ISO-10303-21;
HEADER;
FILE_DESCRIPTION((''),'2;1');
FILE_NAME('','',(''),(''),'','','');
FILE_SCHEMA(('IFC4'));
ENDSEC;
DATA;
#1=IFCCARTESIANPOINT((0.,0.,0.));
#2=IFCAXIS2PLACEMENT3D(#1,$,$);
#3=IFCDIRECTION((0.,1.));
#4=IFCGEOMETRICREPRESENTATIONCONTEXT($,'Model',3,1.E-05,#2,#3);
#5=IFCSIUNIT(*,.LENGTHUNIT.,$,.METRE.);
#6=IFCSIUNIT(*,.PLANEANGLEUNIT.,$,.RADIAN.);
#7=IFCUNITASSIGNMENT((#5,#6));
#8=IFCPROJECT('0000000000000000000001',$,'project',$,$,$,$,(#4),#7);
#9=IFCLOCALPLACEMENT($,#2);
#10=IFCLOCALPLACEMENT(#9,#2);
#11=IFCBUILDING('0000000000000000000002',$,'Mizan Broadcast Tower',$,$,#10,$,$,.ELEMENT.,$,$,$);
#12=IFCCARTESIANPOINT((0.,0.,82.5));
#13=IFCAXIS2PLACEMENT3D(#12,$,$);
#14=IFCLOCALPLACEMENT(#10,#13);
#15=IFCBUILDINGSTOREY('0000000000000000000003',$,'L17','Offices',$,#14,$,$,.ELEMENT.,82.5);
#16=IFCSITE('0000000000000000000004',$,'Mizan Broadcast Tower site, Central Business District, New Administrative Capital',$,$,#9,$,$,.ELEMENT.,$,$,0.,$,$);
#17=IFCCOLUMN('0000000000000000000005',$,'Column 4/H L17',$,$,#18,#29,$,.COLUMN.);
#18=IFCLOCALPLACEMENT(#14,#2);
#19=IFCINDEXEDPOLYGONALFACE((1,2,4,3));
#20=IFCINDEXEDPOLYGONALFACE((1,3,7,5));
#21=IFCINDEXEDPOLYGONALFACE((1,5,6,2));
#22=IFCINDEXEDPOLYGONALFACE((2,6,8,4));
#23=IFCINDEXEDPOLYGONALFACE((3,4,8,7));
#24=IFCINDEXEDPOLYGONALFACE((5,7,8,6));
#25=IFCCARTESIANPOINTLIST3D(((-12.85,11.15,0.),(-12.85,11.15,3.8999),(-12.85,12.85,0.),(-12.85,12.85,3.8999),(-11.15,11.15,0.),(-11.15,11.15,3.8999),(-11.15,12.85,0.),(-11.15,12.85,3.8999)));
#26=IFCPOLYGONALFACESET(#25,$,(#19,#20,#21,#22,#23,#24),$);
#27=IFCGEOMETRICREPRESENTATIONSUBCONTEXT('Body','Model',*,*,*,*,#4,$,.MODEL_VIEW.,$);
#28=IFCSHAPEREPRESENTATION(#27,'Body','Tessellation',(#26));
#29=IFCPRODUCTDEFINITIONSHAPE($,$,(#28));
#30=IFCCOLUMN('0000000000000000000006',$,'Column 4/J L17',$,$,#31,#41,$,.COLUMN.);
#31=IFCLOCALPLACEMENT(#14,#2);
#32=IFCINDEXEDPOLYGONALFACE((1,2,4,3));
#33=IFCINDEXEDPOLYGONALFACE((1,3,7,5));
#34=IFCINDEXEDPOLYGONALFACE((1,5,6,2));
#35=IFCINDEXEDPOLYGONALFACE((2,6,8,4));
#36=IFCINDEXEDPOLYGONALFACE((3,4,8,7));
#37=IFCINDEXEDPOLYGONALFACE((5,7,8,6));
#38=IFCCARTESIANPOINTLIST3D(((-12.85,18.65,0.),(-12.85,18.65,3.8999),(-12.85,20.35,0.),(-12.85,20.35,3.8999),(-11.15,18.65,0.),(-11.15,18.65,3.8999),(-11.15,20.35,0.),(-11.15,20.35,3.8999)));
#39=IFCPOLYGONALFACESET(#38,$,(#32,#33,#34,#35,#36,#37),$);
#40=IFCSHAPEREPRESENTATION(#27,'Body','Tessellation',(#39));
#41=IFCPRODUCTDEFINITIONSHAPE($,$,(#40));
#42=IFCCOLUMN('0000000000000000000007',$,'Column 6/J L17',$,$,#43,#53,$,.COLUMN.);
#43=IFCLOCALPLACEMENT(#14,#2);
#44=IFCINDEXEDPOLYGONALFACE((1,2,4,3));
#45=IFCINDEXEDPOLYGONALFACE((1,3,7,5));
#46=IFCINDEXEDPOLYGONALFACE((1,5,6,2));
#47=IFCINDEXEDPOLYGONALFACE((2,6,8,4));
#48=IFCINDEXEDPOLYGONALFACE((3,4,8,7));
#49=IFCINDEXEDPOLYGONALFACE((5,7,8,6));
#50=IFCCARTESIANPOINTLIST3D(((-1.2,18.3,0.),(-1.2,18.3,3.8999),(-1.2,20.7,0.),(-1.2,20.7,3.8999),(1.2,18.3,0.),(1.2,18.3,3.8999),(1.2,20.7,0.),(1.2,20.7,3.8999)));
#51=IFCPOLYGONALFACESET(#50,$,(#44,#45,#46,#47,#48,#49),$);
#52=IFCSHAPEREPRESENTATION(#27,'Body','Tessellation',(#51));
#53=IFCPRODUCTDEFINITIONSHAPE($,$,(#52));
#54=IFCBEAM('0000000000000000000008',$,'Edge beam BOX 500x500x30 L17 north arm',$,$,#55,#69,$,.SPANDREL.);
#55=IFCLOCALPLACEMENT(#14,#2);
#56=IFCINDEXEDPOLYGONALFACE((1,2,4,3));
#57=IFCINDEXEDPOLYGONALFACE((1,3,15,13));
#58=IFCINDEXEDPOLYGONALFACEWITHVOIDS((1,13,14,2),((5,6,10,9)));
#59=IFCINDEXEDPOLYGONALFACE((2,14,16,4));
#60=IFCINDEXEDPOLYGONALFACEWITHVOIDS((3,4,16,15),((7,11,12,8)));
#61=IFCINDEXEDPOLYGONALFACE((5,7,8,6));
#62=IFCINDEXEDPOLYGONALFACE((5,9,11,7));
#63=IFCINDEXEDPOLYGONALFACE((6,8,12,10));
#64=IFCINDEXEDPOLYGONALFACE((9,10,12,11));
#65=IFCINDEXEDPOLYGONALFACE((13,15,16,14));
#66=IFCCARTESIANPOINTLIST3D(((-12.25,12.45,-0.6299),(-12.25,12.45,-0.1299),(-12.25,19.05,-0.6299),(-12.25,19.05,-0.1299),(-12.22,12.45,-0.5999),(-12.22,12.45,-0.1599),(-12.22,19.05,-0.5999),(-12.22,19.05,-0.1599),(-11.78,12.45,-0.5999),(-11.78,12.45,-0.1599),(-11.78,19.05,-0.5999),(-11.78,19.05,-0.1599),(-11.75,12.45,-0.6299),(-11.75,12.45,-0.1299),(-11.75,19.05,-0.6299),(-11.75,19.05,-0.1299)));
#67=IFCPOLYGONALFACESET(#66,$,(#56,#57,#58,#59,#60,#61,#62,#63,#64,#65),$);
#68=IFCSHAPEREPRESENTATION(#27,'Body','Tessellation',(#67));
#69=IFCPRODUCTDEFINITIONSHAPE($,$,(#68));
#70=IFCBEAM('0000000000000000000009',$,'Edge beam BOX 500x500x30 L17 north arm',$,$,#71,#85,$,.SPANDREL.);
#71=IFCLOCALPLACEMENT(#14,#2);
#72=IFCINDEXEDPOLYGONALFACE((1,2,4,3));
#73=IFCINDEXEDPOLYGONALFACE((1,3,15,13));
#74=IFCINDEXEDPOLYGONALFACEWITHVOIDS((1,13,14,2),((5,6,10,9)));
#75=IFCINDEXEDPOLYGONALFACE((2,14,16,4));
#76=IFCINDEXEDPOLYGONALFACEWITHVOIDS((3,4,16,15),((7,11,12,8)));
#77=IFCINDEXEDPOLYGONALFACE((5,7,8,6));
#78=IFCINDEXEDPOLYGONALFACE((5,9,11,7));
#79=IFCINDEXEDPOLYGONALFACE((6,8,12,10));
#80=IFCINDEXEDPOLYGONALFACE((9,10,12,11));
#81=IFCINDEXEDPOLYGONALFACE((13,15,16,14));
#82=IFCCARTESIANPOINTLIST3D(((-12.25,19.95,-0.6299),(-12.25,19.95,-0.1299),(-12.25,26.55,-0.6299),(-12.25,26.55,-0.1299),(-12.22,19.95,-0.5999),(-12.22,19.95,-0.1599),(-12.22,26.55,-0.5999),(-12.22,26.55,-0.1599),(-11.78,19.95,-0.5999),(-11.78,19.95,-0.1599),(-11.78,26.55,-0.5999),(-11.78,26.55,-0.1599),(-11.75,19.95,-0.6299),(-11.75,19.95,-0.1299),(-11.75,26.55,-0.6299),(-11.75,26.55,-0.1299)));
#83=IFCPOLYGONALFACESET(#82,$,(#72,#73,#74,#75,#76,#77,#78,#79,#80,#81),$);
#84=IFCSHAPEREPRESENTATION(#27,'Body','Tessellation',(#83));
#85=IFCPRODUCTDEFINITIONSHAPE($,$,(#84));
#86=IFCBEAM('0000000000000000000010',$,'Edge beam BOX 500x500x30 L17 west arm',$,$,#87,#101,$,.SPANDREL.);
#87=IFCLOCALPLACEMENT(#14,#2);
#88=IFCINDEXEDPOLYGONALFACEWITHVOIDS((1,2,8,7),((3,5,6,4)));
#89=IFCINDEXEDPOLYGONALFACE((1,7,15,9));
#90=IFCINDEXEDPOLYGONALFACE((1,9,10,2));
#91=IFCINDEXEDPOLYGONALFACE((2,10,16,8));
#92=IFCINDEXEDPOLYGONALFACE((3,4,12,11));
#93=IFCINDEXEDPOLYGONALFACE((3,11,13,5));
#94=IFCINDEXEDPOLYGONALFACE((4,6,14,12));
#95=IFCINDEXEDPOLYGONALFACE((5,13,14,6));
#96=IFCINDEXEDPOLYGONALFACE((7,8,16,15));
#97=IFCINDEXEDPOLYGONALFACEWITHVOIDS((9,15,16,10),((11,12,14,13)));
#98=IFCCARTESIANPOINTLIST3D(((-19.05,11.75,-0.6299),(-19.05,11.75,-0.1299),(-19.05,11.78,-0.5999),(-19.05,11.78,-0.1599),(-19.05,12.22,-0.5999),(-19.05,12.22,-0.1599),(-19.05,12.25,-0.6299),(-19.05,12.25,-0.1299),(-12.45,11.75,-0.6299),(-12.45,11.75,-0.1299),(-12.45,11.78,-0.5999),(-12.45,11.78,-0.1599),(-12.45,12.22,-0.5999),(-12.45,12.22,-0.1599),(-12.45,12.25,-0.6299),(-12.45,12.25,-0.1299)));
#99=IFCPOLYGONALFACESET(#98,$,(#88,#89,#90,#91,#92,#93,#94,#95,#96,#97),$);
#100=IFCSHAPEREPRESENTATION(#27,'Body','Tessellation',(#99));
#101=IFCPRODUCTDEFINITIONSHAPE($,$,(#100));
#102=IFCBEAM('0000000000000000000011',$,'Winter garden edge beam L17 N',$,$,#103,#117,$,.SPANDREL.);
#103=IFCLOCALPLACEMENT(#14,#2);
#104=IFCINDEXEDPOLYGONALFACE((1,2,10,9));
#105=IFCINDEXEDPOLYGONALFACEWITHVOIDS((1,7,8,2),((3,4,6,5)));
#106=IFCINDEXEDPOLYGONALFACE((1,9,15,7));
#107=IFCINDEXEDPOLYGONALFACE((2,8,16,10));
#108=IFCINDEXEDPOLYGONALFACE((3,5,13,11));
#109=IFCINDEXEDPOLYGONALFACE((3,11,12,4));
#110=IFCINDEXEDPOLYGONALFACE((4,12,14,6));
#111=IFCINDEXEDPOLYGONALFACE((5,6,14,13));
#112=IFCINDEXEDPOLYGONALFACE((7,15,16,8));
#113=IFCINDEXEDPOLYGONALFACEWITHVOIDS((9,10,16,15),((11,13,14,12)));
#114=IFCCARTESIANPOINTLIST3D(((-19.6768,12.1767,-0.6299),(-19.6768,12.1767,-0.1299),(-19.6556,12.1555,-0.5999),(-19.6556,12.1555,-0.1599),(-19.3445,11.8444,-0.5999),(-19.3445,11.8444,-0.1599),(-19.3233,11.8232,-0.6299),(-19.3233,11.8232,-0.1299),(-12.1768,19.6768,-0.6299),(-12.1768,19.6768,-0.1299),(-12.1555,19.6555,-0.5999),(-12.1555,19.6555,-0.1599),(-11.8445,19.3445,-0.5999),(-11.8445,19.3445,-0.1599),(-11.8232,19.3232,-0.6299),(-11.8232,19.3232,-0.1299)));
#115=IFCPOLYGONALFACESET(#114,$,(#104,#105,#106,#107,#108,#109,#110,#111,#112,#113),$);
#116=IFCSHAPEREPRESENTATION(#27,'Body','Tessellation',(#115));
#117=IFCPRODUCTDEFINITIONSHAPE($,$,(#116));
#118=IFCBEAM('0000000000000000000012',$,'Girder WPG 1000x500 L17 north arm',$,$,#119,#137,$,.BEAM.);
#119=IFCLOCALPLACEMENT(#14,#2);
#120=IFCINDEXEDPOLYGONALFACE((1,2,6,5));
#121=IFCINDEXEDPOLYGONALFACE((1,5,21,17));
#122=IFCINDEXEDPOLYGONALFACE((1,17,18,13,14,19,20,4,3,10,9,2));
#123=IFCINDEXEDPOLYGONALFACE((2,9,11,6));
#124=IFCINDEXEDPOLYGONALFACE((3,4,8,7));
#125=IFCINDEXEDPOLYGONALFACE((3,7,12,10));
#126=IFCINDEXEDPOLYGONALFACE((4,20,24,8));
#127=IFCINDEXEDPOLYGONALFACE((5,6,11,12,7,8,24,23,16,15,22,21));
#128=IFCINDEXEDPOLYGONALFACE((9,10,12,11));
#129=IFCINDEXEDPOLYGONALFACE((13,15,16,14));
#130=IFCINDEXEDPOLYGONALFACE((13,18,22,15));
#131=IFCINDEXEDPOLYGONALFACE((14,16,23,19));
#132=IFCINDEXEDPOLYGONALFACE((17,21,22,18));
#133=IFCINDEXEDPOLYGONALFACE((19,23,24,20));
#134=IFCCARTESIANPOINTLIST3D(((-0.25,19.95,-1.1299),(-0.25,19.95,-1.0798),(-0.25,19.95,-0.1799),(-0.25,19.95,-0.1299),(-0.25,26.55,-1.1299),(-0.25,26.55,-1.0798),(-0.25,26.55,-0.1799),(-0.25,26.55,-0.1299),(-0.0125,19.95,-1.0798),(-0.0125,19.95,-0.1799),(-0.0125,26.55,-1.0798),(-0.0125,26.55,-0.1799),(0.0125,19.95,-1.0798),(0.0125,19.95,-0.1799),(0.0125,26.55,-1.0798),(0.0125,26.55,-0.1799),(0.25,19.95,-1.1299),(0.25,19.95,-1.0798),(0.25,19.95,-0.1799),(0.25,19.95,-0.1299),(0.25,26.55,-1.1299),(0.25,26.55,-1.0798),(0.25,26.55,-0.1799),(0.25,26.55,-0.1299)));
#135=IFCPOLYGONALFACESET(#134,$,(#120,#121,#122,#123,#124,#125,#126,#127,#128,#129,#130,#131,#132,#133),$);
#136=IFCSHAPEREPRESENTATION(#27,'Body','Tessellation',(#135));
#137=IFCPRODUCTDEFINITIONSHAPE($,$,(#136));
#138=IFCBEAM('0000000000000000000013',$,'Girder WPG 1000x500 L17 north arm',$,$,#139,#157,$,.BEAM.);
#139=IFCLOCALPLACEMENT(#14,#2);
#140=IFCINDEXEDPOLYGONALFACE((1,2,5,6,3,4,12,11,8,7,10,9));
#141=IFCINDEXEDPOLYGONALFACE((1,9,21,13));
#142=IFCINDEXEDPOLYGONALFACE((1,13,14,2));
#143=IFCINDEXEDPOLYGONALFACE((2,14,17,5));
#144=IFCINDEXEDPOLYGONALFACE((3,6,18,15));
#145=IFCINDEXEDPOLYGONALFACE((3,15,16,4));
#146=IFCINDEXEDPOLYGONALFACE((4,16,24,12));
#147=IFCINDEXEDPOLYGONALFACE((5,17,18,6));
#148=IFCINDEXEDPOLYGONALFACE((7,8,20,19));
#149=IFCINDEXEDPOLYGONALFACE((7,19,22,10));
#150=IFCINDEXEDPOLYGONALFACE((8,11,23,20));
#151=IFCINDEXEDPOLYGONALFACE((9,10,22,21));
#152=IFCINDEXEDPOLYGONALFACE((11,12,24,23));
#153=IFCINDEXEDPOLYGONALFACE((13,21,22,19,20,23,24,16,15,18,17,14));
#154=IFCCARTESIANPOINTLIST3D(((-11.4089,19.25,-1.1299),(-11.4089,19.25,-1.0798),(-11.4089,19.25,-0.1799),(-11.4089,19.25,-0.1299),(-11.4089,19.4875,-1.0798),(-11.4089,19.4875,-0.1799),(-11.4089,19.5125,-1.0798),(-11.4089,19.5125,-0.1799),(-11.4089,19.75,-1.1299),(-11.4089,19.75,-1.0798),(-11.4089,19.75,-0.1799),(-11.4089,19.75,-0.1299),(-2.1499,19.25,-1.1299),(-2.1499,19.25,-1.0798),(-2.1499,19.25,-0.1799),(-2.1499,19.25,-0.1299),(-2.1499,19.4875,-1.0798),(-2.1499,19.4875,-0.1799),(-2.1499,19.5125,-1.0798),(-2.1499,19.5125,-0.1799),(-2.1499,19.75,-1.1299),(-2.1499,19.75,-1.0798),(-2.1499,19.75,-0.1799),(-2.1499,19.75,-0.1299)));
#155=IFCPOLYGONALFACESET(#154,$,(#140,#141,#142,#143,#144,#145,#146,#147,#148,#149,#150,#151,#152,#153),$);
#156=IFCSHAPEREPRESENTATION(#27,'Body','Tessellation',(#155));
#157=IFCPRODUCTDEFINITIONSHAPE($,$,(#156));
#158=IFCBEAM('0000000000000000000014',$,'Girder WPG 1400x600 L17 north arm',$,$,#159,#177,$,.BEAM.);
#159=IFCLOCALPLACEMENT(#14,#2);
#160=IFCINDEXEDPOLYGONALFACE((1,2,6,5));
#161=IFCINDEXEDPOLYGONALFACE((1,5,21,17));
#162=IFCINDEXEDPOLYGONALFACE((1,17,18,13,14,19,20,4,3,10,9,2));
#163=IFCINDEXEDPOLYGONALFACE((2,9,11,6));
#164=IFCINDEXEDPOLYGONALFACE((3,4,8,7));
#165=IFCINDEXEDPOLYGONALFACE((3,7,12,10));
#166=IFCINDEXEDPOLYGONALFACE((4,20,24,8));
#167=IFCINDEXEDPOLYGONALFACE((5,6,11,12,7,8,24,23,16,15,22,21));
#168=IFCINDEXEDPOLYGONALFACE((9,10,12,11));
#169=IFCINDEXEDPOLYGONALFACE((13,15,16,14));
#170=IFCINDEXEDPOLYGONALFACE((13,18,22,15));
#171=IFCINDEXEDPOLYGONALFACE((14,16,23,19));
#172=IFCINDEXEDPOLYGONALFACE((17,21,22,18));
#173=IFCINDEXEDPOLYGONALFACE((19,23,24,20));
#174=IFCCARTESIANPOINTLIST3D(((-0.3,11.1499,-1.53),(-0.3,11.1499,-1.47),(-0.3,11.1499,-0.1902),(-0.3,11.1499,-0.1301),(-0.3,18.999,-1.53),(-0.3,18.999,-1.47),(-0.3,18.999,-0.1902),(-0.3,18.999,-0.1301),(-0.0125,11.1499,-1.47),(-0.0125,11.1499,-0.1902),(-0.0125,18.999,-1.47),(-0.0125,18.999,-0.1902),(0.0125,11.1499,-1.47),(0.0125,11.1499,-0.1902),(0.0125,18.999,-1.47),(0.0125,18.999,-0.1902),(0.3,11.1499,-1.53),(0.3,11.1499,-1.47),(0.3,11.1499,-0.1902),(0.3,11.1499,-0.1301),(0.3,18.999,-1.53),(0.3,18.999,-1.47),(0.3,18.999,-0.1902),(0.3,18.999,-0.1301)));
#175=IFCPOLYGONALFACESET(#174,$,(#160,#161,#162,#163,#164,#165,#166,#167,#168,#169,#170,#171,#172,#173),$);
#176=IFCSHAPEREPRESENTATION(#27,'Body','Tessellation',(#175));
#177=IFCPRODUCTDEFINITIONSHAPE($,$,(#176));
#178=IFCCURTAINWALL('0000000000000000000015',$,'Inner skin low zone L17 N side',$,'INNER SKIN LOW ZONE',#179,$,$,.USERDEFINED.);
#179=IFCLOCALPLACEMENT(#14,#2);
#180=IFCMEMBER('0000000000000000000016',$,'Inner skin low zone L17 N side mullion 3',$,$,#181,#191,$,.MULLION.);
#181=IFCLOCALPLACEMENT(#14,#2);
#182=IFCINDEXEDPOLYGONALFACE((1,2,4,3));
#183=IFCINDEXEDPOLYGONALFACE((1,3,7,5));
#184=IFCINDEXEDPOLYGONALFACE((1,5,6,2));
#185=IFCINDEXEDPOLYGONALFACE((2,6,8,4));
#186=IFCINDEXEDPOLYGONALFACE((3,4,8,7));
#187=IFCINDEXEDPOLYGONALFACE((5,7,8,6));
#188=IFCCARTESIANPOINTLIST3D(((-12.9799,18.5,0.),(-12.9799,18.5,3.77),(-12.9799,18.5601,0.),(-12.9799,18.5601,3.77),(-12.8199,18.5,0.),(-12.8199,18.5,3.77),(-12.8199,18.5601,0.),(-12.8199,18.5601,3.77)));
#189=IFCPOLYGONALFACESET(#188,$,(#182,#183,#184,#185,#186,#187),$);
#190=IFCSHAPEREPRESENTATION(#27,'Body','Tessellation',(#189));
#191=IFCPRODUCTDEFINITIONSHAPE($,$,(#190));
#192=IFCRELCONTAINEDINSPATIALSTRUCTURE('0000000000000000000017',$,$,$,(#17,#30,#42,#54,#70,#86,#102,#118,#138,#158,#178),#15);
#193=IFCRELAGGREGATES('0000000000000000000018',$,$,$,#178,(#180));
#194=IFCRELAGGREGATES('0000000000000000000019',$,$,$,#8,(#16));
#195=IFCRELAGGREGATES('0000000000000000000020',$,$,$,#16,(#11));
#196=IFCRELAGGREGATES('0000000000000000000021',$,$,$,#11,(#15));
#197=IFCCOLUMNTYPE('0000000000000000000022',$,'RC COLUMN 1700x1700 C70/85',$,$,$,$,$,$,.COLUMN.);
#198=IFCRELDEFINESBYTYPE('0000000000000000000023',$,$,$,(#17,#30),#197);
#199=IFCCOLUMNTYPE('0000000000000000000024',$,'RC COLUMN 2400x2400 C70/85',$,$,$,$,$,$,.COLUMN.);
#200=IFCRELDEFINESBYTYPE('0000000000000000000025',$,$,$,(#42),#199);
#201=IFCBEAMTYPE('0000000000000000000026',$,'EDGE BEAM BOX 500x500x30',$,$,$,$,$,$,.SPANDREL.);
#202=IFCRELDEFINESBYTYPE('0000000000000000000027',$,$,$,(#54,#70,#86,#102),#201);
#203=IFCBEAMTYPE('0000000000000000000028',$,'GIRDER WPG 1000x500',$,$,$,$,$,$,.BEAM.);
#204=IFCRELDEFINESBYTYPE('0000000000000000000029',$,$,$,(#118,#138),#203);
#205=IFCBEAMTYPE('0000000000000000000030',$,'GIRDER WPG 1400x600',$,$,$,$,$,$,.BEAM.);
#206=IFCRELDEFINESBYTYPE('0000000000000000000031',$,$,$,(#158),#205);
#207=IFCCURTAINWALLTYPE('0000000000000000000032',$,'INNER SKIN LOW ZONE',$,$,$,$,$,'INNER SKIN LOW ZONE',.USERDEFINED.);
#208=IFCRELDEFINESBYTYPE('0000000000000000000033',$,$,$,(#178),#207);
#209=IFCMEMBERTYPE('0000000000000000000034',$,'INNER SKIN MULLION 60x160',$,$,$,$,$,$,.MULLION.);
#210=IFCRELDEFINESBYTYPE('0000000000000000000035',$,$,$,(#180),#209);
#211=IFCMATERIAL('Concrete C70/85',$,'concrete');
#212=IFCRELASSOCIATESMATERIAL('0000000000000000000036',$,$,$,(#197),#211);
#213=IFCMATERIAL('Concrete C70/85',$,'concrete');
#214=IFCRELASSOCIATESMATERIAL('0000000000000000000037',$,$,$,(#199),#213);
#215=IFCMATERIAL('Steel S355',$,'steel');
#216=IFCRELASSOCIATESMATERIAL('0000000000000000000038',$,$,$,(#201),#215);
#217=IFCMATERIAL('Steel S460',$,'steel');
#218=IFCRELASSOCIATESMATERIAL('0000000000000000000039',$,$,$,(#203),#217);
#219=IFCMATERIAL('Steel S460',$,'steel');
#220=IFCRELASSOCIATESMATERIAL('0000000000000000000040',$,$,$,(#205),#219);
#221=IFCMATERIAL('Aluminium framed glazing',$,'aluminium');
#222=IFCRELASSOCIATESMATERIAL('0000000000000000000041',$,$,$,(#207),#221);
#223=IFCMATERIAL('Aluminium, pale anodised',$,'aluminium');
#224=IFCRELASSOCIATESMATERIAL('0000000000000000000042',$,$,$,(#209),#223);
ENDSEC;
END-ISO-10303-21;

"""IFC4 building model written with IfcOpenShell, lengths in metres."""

from ifc_helpers import new_model, si_unit, direction, frame, origin, origin_2d, place, context, subcontext, project, spatial, rectangle, hollow_rectangle, i_section, extrude, material, material_profile, profile_set, type_object, element, aggregate, save


model = new_model("IFC4")

# Units and contexts
model_context = context("Model", 3, precision=1e-05, world=origin(), true_north=direction((0.0, 1.0)))
body_context = subcontext(model_context, "Body", "Model", "MODEL_VIEW")
ifc_project = project(units=[si_unit("LENGTHUNIT", "METRE"), si_unit("PLANEANGLEUNIT", "RADIAN")], contexts=[model_context])

# Site, building, storey
site_placement = place(None, origin())
site = spatial("IfcSite", under=ifc_project, at=site_placement, Name="Mizan Broadcast Tower site, Central Business District, New Administrative Capital", CompositionType="ELEMENT", RefElevation=0.0)
building_placement = place(site_placement, origin())
building = spatial("IfcBuilding", under=site, at=building_placement, Name="Mizan Broadcast Tower", CompositionType="ELEMENT")
storey_placement = place(building_placement, frame((0.0, 0.0, 82.5)))
storey = spatial("IfcBuildingStorey", under=building, at=storey_placement, Name="L17", Description="Offices", CompositionType="ELEMENT", Elevation=82.5)

# Columns
ifc_material_1 = material(Name="Concrete C70/85", Category="concrete")
ifc_material_profile_1 = material_profile(ifc_material_1, rectangle(XDim=1.7, YDim=1.7, at=origin_2d()), Name="RC 1700x1700")
ifc_profile_set_1 = profile_set([ifc_material_profile_1], Name="Concrete C70/85")
column_type_1 = type_object("IfcColumnType", Name="RC COLUMN 1700x1700 C70/85", PredefinedType="COLUMN", material=ifc_profile_set_1)
for number, where, z_axis, x_axis, name in (
    (1, (-12.0, 12.0, 0.0), (0.0, 0.0, 1.0), (1.0, 0.0, 0.0), "Column 4/H L17"),
    (2, (-12.0, 19.5, 0.0), (0.0, 0.0, 1.0), (1.0, 0.0, 0.0), "Column 4/J L17"),
):
    element("IfcColumn", number, at=place(storey_placement, frame(where, z_axis=z_axis, x_axis=x_axis)), inside=storey, type_object=column_type_1, Name=name, PredefinedType="COLUMN", context=body_context, shape_type="SweptSolid", body=[
        extrude(rectangle(XDim=1.7, YDim=1.7, at=origin_2d()), origin(), (0.0, 0.0, 1.0), 3.8999),
    ])
ifc_material_2 = material(Name="Concrete C70/85", Category="concrete")
ifc_material_profile_2 = material_profile(ifc_material_2, rectangle(XDim=2.3999, YDim=2.3999, at=origin_2d()), Name="RC 2400x2400")
ifc_profile_set_2 = profile_set([ifc_material_profile_2], Name="Concrete C70/85")
column_type_2 = type_object("IfcColumnType", Name="RC COLUMN 2400x2400 C70/85", PredefinedType="COLUMN", material=ifc_profile_set_2)
column_placement = place(storey_placement, frame((0.0, 19.5, 0.0), z_axis=(0.0, 0.0, 1.0), x_axis=(1.0, 0.0, 0.0)))
element("IfcColumn", 3, at=column_placement, inside=storey, type_object=column_type_2, Name="Column 6/J L17", PredefinedType="COLUMN", context=body_context, shape_type="SweptSolid", body=[
    extrude(rectangle(XDim=2.3999, YDim=2.3999, at=origin_2d()), origin(), (0.0, 0.0, 1.0), 3.8999),
])

# Beams
ifc_material_3 = material(Name="Steel S355", Category="steel")
ifc_material_profile_3 = material_profile(ifc_material_3, hollow_rectangle(XDim=0.5, YDim=0.5, WallThickness=0.03, at=origin_2d()), Name="BOX 500x500x30")
ifc_profile_set_3 = profile_set([ifc_material_profile_3], Name="Steel S355")
beam_type_1 = type_object("IfcBeamType", Name="EDGE BEAM BOX 500x500x30", PredefinedType="SPANDREL", material=ifc_profile_set_3)
for number, where, z_axis, x_axis, name in (
    (4, (-12.0, 12.45, -0.3799), (0.0, 1.0, 0.0), (-1.0, 0.0, 0.0), "Edge beam BOX 500x500x30 L17 north arm"),
    (5, (-12.0, 19.95, -0.3799), (0.0, 1.0, 0.0), (-1.0, 0.0, 0.0), "Edge beam BOX 500x500x30 L17 north arm"),
    (6, (-12.45, 12.0, -0.3799), (-1.0, 0.0, 0.0), (0.0, -1.0, 0.0), "Edge beam BOX 500x500x30 L17 west arm"),
):
    element("IfcBeam", number, at=place(storey_placement, frame(where, z_axis=z_axis, x_axis=x_axis)), inside=storey, type_object=beam_type_1, Name=name, PredefinedType="SPANDREL", context=body_context, shape_type="SweptSolid", body=[
        extrude(hollow_rectangle(XDim=0.5, YDim=0.5, WallThickness=0.03, at=origin_2d()), origin(), (0.0, 0.0, 1.0), 6.6001),
    ])
beam_1_placement = place(storey_placement, frame((-12.0, 19.5, -0.3799), z_axis=(-0.707107, -0.707107, 0.0), x_axis=(0.707107, -0.707107, 0.0)))
element("IfcBeam", 7, at=beam_1_placement, inside=storey, type_object=beam_type_1, Name="Winter garden edge beam L17 N", PredefinedType="SPANDREL", context=body_context, shape_type="SweptSolid", body=[
    extrude(hollow_rectangle(XDim=0.5, YDim=0.5, WallThickness=0.03, at=origin_2d()), origin(), (0.0, 0.0, 1.0), 10.6067),
])
ifc_material_4 = material(Name="Steel S460", Category="steel")
ifc_material_profile_4 = material_profile(ifc_material_4, i_section(OverallWidth=0.5, OverallDepth=1.0, WebThickness=0.0249, FlangeThickness=0.05, at=origin_2d()), Name="WPG 1000x500")
ifc_profile_set_4 = profile_set([ifc_material_profile_4], Name="Steel S460")
beam_type_2 = type_object("IfcBeamType", Name="GIRDER WPG 1000x500", PredefinedType="BEAM", material=ifc_profile_set_4)
beam_2_placement = place(storey_placement, frame((0.0, 19.95, -0.6299), z_axis=(0.0, 1.0, 0.0), x_axis=(-1.0, 0.0, 0.0)))
element("IfcBeam", 8, at=beam_2_placement, inside=storey, type_object=beam_type_2, Name="Girder WPG 1000x500 L17 north arm", PredefinedType="BEAM", context=body_context, shape_type="SweptSolid", body=[
    extrude(i_section(OverallWidth=0.5, OverallDepth=1.0, WebThickness=0.0249, FlangeThickness=0.05, at=origin_2d()), origin(), (0.0, 0.0, 1.0), 6.6001),
])
beam_3_placement = place(storey_placement, frame((-11.4089, 19.5, -0.6299), z_axis=(1.0, 0.0, 0.0), x_axis=(0.0, 1.0, 0.0)))
element("IfcBeam", 9, at=beam_3_placement, inside=storey, type_object=beam_type_2, Name="Girder WPG 1000x500 L17 north arm", PredefinedType="BEAM", context=body_context, shape_type="SweptSolid", body=[
    extrude(i_section(OverallWidth=0.5, OverallDepth=1.0, WebThickness=0.0249, FlangeThickness=0.05, at=origin_2d()), origin(), (0.0, 0.0, 1.0), 9.259),
])
ifc_material_5 = material(Name="Steel S460", Category="steel")
ifc_material_profile_5 = material_profile(ifc_material_5, i_section(OverallWidth=0.6001, OverallDepth=1.3999, WebThickness=0.0249, FlangeThickness=0.0601, at=origin_2d()), Name="WPG 1400x600")
ifc_profile_set_5 = profile_set([ifc_material_profile_5], Name="Steel S460")
beam_type_3 = type_object("IfcBeamType", Name="GIRDER WPG 1400x600", PredefinedType="BEAM", material=ifc_profile_set_5)
beam_4_placement = place(storey_placement, frame((0.0, 11.1499, -0.8301), z_axis=(0.0, 1.0, 0.0), x_axis=(-1.0, 0.0, 0.0)))
element("IfcBeam", 10, at=beam_4_placement, inside=storey, type_object=beam_type_3, Name="Girder WPG 1400x600 L17 north arm", PredefinedType="BEAM", context=body_context, shape_type="SweptSolid", body=[
    extrude(i_section(OverallWidth=0.6001, OverallDepth=1.3999, WebThickness=0.0249, FlangeThickness=0.0601, at=origin_2d()), origin(), (0.0, 0.0, 1.0), 7.8491),
])

# Curtain wall, member
ifc_material_6 = material(Name="Aluminium framed glazing", Category="aluminium")
curtain_wall_type = type_object("IfcCurtainWallType", Name="INNER SKIN LOW ZONE", ElementType="INNER SKIN LOW ZONE", PredefinedType="USERDEFINED", material=ifc_material_6)
curtain_wall_placement = place(storey_placement, origin())
curtain_wall = element("IfcCurtainWall", 11, at=curtain_wall_placement, inside=storey, type_object=curtain_wall_type, Name="Inner skin low zone L17 N side", ObjectType="INNER SKIN LOW ZONE", PredefinedType="USERDEFINED")
ifc_material_7 = material(Name="Aluminium, pale anodised", Category="aluminium")
ifc_material_profile_6 = material_profile(ifc_material_7, rectangle(XDim=0.1599, YDim=0.0601, at=origin_2d()), Name="MULLION 160x60")
ifc_profile_set_6 = profile_set([ifc_material_profile_6], Name="Aluminium, pale anodised")
member_type = type_object("IfcMemberType", Name="INNER SKIN MULLION 60x160", PredefinedType="MULLION", material=ifc_profile_set_6)
member_placement = place(storey_placement, frame((-12.8999, 18.53, 0.0), z_axis=(0.0, 0.0, 1.0), x_axis=(1.0, 0.0, 0.0)))
member = element("IfcMember", 12, at=member_placement, type_object=member_type, Name="Inner skin low zone L17 N side mullion 3", PredefinedType="MULLION", context=body_context, shape_type="SweptSolid", body=[
    extrude(rectangle(XDim=0.1599, YDim=0.0601, at=origin_2d()), origin(), (0.0, 0.0, 1.0), 3.77),
])

aggregate(curtain_wall, [member])

save(model, "model.ifc")
